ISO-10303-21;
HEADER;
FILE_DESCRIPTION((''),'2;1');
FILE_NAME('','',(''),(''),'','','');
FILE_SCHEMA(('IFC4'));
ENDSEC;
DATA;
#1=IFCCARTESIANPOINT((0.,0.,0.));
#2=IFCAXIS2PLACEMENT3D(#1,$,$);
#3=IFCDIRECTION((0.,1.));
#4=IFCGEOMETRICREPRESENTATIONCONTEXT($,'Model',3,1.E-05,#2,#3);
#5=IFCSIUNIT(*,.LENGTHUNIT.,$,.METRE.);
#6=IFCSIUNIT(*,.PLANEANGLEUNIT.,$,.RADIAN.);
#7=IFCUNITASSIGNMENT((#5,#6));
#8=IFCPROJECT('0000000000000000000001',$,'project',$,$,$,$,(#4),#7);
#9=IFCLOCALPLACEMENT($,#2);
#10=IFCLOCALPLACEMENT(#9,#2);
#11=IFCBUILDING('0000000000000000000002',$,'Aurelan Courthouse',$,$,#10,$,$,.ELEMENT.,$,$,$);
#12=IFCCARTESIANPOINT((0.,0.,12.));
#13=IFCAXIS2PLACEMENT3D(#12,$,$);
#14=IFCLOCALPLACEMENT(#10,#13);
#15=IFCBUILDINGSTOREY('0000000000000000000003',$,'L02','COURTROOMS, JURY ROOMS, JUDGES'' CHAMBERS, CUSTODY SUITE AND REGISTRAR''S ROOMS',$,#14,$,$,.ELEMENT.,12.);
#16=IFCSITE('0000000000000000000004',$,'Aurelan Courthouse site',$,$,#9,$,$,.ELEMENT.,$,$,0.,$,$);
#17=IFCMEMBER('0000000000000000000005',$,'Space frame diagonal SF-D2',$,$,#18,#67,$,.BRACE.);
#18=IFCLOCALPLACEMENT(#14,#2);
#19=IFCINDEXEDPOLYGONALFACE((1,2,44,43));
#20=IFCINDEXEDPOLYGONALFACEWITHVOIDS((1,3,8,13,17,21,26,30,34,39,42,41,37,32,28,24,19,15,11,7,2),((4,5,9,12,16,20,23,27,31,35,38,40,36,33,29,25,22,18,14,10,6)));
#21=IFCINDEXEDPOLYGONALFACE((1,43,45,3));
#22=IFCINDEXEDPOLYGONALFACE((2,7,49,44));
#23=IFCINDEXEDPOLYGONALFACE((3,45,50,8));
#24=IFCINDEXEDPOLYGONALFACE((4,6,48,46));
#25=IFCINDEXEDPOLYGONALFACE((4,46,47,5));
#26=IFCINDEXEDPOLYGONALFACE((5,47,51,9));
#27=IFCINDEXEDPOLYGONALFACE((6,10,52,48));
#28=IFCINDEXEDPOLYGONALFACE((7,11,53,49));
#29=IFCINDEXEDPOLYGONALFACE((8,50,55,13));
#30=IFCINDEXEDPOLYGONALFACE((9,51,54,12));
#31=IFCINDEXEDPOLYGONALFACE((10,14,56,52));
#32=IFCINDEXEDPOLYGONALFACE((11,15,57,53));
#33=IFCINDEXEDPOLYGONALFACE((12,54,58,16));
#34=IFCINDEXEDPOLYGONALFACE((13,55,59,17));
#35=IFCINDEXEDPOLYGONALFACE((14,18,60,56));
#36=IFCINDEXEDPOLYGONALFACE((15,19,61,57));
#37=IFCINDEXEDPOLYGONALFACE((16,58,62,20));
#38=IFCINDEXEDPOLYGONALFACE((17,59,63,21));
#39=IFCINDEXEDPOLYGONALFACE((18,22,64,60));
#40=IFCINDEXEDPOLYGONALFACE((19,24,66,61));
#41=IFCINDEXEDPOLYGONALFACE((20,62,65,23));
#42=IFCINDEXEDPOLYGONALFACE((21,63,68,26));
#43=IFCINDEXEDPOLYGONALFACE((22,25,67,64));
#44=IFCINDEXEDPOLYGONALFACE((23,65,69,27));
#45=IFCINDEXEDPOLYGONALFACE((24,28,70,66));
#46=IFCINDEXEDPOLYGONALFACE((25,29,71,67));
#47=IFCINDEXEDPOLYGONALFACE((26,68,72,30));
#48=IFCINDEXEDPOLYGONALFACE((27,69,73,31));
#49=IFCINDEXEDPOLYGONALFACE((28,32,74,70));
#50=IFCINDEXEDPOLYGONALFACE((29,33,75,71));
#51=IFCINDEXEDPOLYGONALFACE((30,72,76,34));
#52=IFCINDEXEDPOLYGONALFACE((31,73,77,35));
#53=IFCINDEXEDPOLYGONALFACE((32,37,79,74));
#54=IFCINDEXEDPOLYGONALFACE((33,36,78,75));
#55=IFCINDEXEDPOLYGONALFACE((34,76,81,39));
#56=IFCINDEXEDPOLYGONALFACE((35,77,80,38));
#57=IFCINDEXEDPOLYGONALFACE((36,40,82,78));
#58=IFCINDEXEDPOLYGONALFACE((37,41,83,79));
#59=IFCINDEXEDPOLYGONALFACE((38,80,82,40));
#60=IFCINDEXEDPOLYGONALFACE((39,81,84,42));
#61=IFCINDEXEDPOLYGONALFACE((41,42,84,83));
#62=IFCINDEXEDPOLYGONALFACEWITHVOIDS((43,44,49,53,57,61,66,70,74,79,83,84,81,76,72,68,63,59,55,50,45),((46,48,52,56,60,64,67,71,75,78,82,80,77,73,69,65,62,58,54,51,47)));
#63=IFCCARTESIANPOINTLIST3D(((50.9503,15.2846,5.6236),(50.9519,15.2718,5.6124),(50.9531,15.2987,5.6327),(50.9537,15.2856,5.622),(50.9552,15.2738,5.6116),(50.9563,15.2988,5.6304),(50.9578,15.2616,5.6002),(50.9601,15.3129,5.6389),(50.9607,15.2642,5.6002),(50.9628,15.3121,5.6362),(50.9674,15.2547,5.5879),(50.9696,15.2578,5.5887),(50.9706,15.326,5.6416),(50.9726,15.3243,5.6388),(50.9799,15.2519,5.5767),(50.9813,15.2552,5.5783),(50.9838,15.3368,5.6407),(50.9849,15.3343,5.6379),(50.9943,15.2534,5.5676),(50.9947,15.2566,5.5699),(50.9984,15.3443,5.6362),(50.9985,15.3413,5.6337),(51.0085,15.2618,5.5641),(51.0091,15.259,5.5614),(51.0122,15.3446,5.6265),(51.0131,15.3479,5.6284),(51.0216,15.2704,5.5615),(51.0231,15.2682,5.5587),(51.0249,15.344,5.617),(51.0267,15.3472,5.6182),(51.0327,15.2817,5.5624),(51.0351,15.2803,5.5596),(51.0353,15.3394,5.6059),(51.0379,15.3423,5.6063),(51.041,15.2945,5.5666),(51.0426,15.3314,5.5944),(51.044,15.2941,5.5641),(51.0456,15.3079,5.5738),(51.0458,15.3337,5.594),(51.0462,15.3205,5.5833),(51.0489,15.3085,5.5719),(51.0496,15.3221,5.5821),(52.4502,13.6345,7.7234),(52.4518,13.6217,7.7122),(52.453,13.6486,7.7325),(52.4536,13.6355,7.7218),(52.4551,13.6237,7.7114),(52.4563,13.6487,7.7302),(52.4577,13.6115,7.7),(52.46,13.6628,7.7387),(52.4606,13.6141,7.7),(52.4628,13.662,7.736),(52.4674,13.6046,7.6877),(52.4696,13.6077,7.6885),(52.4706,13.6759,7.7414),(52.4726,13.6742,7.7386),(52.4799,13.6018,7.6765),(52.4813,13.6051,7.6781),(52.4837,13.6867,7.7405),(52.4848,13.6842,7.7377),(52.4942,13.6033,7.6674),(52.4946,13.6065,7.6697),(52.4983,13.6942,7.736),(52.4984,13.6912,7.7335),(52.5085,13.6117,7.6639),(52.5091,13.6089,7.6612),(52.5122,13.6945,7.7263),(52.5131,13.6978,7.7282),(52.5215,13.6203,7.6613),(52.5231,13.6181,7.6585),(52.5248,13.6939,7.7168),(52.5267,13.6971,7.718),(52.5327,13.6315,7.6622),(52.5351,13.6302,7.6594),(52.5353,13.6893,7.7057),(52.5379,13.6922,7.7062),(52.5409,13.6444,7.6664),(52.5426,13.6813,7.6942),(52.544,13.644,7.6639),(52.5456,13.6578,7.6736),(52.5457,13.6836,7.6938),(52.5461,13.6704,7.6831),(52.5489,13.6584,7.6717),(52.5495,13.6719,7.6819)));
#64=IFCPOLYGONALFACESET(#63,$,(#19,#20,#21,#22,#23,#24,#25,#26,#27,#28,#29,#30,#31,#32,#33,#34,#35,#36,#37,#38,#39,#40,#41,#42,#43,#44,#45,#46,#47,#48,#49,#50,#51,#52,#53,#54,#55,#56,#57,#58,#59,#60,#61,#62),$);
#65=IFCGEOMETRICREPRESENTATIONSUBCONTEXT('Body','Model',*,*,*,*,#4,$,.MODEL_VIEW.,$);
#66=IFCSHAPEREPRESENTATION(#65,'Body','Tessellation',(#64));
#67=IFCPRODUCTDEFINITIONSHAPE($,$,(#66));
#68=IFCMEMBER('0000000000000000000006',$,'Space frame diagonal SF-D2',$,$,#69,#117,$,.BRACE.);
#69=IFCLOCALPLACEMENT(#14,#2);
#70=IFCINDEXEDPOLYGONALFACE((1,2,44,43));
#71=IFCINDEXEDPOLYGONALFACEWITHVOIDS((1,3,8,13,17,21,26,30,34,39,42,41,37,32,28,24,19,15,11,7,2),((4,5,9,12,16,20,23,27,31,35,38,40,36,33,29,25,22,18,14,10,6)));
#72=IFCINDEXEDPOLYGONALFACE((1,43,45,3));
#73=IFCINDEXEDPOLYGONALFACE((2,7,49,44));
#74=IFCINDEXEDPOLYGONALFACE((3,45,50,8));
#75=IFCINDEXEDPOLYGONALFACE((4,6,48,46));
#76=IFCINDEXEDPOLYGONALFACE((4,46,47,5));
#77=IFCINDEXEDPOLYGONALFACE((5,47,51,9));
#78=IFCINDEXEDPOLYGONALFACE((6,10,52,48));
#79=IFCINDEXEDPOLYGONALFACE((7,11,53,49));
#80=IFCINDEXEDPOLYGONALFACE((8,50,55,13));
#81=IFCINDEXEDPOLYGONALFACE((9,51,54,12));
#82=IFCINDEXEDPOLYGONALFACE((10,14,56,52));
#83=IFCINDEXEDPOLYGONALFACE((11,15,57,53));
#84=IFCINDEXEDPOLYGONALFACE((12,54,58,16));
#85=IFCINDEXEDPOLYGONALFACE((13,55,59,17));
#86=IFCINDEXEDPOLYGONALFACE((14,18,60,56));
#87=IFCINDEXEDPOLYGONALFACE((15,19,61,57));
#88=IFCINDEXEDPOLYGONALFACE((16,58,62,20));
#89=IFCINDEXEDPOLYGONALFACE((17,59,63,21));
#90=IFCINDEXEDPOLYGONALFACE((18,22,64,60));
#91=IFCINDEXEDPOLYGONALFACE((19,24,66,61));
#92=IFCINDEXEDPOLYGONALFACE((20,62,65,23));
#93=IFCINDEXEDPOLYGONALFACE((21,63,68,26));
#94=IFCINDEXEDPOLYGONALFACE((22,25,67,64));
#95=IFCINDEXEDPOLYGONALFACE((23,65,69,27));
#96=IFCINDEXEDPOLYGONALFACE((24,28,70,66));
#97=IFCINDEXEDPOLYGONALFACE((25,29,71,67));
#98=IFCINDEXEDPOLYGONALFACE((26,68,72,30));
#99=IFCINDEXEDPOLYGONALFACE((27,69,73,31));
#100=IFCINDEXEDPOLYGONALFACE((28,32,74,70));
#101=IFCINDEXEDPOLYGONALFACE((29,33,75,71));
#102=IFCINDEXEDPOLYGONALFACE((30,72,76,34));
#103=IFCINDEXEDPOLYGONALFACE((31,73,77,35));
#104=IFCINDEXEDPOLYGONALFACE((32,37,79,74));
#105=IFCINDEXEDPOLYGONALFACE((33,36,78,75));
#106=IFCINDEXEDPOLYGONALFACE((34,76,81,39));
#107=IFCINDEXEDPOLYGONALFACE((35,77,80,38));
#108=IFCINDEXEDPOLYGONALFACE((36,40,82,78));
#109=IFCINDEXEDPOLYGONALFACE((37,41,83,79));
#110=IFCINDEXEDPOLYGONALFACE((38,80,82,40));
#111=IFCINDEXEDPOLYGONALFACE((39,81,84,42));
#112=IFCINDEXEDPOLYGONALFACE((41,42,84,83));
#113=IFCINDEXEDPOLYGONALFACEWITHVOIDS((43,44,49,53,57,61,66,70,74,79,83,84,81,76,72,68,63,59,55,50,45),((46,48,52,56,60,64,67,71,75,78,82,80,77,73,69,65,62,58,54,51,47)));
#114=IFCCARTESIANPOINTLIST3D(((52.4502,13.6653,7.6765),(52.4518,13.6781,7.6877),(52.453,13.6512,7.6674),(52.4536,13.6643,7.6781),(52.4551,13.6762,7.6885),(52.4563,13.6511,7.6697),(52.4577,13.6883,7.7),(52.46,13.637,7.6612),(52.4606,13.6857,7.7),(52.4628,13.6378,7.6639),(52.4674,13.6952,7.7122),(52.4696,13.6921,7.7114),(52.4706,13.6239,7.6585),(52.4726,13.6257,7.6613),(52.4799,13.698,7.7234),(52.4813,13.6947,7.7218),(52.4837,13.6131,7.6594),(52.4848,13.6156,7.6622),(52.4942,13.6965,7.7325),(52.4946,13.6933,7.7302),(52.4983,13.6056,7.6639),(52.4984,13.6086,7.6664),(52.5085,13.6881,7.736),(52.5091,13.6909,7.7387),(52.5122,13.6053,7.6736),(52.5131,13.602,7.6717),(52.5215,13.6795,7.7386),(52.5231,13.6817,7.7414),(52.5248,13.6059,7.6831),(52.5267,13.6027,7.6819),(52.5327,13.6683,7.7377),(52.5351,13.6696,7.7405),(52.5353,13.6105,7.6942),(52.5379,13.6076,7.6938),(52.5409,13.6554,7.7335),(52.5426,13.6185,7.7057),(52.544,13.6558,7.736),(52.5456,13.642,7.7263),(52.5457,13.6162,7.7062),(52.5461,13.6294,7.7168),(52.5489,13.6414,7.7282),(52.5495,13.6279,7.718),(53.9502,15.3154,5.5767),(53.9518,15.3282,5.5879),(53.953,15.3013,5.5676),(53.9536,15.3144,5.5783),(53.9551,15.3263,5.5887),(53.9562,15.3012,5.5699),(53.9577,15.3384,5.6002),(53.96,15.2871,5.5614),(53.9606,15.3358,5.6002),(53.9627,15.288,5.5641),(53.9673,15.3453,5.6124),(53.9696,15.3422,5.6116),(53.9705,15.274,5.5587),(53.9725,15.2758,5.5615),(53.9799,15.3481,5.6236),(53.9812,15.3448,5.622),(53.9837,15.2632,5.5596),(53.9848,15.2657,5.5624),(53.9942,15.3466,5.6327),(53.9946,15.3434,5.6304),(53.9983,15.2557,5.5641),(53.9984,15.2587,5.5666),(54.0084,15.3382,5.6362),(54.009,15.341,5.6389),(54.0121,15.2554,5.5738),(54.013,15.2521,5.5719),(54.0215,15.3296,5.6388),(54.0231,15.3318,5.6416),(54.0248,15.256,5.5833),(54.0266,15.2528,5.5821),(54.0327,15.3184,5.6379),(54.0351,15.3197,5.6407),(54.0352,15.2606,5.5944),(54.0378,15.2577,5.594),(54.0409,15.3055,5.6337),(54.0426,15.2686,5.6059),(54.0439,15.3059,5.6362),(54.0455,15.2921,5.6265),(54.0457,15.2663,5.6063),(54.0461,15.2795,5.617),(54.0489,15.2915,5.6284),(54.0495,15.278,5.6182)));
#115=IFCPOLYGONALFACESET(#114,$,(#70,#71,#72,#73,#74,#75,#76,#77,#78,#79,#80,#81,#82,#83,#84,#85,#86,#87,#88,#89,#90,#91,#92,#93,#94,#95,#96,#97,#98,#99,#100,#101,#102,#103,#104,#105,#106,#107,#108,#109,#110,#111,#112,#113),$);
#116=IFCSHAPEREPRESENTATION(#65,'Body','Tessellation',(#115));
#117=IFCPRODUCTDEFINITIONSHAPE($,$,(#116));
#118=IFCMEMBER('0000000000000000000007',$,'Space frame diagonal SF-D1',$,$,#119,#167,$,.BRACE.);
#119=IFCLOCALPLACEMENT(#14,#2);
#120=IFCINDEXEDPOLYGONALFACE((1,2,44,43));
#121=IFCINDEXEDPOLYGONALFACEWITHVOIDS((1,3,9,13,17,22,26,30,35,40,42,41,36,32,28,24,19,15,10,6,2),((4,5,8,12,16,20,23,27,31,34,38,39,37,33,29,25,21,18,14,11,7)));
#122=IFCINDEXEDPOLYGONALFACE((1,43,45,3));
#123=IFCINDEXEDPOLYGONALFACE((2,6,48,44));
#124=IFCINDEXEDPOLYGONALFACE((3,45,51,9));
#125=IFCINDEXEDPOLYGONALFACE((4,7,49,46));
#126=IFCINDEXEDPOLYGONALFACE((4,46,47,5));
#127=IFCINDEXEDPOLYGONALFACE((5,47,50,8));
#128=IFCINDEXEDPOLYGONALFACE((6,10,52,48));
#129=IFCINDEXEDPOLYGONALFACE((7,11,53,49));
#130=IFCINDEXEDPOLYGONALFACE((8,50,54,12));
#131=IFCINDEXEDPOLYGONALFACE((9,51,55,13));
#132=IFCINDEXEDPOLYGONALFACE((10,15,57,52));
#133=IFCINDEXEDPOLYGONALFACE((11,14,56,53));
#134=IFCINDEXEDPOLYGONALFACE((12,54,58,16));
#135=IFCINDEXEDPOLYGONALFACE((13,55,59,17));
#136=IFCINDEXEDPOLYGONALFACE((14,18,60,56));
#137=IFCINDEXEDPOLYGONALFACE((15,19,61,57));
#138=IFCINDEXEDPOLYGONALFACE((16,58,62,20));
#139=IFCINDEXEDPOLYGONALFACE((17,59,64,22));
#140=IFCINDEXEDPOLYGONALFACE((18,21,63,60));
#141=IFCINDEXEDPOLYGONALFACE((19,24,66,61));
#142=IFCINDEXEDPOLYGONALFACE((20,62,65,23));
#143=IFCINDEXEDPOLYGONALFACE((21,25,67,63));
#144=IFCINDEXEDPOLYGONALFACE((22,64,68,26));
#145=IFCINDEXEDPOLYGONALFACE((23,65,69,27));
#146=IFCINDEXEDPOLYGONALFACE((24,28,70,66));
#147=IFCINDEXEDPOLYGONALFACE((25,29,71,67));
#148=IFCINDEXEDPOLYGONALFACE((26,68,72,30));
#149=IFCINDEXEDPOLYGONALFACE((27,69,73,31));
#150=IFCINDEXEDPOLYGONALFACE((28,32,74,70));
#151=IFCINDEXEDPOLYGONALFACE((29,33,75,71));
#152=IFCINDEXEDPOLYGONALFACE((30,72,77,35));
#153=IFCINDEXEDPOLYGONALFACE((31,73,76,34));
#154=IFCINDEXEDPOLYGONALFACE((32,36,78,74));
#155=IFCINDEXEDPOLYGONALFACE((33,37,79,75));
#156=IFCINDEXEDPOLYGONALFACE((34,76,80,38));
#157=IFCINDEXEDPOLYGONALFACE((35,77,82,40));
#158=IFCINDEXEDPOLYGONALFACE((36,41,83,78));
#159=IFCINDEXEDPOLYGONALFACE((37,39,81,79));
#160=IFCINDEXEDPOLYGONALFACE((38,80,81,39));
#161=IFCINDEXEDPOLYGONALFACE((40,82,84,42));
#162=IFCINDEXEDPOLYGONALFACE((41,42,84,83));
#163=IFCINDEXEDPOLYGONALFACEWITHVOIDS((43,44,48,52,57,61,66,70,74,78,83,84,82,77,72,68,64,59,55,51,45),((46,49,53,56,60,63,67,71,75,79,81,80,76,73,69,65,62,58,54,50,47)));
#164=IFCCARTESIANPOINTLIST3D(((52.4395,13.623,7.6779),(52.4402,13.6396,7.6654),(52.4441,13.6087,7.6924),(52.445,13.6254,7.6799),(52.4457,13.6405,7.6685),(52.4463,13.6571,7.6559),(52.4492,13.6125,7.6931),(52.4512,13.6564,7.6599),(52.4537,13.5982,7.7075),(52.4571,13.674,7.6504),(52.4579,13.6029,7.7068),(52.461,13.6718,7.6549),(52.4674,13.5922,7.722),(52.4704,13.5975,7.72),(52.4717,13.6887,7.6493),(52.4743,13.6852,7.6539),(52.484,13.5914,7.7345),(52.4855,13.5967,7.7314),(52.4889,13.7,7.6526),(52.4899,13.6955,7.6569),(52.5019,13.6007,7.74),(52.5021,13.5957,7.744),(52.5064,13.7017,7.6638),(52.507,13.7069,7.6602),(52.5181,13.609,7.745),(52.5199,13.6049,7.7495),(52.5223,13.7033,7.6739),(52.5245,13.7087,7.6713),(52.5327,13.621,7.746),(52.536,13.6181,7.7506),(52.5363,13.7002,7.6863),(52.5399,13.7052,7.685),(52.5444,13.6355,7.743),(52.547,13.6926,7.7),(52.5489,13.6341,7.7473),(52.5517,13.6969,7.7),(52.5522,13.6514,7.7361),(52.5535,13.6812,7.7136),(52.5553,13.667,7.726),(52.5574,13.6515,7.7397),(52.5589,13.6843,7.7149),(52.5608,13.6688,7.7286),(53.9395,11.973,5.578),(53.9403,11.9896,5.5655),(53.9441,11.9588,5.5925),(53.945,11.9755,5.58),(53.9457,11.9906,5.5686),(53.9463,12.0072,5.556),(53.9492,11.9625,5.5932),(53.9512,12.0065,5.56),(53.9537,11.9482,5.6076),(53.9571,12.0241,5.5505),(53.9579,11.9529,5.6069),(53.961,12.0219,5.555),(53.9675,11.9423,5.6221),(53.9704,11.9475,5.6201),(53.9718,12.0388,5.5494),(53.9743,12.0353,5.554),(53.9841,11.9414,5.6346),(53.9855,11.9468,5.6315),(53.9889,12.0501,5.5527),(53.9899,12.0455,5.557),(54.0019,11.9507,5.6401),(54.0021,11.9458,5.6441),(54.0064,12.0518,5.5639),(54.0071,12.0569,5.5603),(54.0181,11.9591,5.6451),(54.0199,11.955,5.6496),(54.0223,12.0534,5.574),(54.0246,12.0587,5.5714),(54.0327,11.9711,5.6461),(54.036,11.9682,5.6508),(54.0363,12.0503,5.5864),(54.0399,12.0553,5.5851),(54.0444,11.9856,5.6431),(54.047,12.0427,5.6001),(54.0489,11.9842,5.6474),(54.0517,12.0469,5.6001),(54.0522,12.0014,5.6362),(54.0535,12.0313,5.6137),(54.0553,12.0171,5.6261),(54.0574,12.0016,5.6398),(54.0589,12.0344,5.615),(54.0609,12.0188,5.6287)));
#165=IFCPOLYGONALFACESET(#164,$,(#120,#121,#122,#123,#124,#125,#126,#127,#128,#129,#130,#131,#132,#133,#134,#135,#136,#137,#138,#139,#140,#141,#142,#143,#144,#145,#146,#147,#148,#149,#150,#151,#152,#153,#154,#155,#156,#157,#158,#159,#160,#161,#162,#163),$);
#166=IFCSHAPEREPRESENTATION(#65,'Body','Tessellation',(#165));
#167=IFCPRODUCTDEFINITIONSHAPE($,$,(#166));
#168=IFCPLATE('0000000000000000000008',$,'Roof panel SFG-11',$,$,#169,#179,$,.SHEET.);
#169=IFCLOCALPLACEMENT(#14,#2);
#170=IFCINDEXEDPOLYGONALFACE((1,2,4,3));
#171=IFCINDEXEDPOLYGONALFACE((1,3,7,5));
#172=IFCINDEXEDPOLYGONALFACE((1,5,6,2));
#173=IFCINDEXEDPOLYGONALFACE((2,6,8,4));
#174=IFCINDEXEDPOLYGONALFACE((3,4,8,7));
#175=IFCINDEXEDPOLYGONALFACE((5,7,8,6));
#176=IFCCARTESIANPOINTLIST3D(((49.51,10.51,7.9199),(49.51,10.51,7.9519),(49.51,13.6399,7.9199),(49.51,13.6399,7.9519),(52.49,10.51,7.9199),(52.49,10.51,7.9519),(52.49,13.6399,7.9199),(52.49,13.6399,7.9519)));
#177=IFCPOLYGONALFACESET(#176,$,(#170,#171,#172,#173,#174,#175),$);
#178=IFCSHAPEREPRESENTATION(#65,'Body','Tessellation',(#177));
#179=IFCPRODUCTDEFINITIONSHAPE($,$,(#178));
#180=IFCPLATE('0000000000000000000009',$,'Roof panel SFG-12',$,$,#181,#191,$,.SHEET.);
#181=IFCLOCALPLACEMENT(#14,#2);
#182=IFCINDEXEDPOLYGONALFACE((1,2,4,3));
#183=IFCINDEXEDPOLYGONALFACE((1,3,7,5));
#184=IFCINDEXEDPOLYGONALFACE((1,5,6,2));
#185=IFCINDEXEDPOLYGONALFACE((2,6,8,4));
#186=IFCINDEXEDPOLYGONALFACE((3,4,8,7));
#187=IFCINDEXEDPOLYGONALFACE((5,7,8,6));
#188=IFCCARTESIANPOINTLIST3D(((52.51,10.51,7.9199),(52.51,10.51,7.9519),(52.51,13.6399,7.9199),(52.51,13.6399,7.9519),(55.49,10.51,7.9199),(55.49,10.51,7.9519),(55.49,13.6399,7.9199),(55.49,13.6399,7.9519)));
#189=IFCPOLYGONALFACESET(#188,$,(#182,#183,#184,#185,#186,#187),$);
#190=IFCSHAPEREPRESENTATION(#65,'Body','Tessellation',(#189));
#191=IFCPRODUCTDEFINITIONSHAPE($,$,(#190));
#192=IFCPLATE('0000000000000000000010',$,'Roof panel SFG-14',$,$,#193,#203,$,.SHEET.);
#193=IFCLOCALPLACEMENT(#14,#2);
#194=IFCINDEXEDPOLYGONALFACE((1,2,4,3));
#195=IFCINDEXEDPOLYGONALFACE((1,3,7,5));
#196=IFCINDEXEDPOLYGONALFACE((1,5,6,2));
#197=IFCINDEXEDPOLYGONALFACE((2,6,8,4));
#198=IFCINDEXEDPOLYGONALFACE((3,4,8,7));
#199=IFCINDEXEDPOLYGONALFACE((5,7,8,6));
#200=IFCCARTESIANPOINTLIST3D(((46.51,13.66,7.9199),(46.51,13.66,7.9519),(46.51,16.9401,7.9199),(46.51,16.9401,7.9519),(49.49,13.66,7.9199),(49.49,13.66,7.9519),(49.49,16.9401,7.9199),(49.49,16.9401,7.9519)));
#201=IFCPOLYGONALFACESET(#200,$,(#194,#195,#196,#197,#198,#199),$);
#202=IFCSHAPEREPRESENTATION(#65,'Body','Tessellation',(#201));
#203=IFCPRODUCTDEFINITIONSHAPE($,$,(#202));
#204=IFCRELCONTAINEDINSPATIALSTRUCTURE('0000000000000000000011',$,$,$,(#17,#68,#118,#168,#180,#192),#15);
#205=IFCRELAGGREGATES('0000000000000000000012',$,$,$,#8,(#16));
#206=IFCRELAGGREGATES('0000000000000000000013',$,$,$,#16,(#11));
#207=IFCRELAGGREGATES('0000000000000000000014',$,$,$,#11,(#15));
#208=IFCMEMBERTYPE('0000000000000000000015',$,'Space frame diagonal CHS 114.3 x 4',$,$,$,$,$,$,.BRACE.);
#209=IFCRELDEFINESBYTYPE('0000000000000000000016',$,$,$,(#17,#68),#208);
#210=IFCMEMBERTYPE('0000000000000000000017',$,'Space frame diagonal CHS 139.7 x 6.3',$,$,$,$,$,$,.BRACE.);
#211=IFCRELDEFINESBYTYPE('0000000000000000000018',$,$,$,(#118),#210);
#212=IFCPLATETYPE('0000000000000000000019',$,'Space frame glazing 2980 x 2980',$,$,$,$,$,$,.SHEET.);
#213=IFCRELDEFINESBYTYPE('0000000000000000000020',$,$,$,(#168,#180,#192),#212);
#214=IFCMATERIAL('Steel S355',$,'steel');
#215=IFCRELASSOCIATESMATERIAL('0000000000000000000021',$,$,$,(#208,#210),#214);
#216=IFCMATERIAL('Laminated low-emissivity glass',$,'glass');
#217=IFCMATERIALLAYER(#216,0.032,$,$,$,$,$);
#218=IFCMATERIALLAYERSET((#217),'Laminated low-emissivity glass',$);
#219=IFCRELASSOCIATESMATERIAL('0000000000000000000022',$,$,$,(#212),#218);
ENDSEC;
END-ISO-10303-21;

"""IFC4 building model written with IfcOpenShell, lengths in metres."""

from ifc_helpers import new_model, si_unit, direction, frame, origin, origin_2d, place, context, subcontext, project, spatial, rectangle, hollow_circle, extrude, material, layer, layer_set, material_profile, profile_set, type_object, element, save


model = new_model("IFC4")

# Units and contexts
model_context = context("Model", 3, precision=1e-05, world=origin(), true_north=direction((0.0, 1.0)))
body_context = subcontext(model_context, "Body", "Model", "MODEL_VIEW")
ifc_project = project(units=[si_unit("LENGTHUNIT", "METRE"), si_unit("PLANEANGLEUNIT", "RADIAN")], contexts=[model_context])

# Site, building, storey
site_placement = place(None, origin())
site = spatial("IfcSite", under=ifc_project, at=site_placement, Name="Aurelan Courthouse site", CompositionType="ELEMENT", RefElevation=0.0)
building_placement = place(site_placement, origin())
building = spatial("IfcBuilding", under=site, at=building_placement, Name="Aurelan Courthouse", CompositionType="ELEMENT")
storey_placement = place(building_placement, frame((0.0, 0.0, 12.0)))
storey = spatial("IfcBuildingStorey", under=building, at=storey_placement, Name="L02", Description="COURTROOMS, JURY ROOMS, JUDGES' CHAMBERS, CUSTODY SUITE AND REGISTRAR'S ROOMS", CompositionType="ELEMENT", Elevation=12.0)

# Members
ifc_material_1 = material(Name="Steel S355", Category="steel")
ifc_material_profile_1 = material_profile(ifc_material_1, hollow_circle(Radius=0.0571, WallThickness=0.0039, at=origin_2d()), Name="CHS 114.3 x 4")
ifc_profile_set_1 = profile_set([ifc_material_profile_1], Name="Steel S355")
member_type_1 = type_object("IfcMemberType", Name="Space frame diagonal CHS 114.3 x 4", PredefinedType="BRACE", material=ifc_profile_set_1)
for number, where, z_axis, x_axis, name in (
    (1, (52.5, 13.6499, 7.7), (-0.489706, 0.538724, -0.68554), (-0.73997, -0.67264, 0.0), "Space frame diagonal SF-D2"),
    (2, (52.5, 13.6499, 7.7), (0.489706, 0.538724, -0.68554), (-0.73997, 0.67264, 0.0), "Space frame diagonal SF-D2"),
):
    element("IfcMember", number, at=place(storey_placement, frame(where, z_axis=z_axis, x_axis=x_axis)), inside=storey, type_object=member_type_1, Name=name, PredefinedType="BRACE", context=body_context, shape_type="SweptSolid", body=[
        extrude(hollow_circle(Radius=0.0571, WallThickness=0.0039, at=origin_2d()), origin(), (0.0, 0.0, 1.0), 3.063),
    ])
ifc_material_profile_2 = material_profile(ifc_material_1, hollow_circle(Radius=0.0698, WallThickness=0.0063, at=origin_2d()), Name="CHS 139.7 x 6.3")
ifc_profile_set_2 = profile_set([ifc_material_profile_2], Name="Steel S355")
member_type_2 = type_object("IfcMemberType", Name="Space frame diagonal CHS 139.7 x 6.3", PredefinedType="BRACE", material=ifc_profile_set_2)
member_placement = place(storey_placement, frame((52.5, 13.6499, 7.7), z_axis=(0.489727, -0.538667, -0.685569), x_axis=(0.73992, 0.672695, 0.0)))
element("IfcMember", 3, at=member_placement, inside=storey, type_object=member_type_2, Name="Space frame diagonal SF-D1", PredefinedType="BRACE", context=body_context, shape_type="SweptSolid", body=[
    extrude(hollow_circle(Radius=0.0698, WallThickness=0.0063, at=origin_2d()), origin(), (0.0, 0.0, 1.0), 3.063),
])

# Plates
ifc_material_2 = material(Name="Laminated low-emissivity glass", Category="glass")
ifc_layer_1 = layer(ifc_material_2, 0.032)
ifc_layer_set_1 = layer_set([ifc_layer_1], Name="Laminated low-emissivity glass")
plate_type_1 = type_object("IfcPlateType", Name="Space frame glazing 2980 x 2980", PredefinedType="SHEET", material=ifc_layer_set_1)
for number, where, z_axis, x_axis, name in (
    (4, (51.0, 12.075, 7.9199), (0.0, 0.0, 1.0), (1.0, 0.0, 0.0), "Roof panel SFG-11"),
    (5, (54.0, 12.075, 7.9199), (0.0, 0.0, 1.0), (1.0, 0.0, 0.0), "Roof panel SFG-12"),
):
    element("IfcPlate", number, at=place(storey_placement, frame(where, z_axis=z_axis, x_axis=x_axis)), inside=storey, type_object=plate_type_1, Name=name, PredefinedType="SHEET", context=body_context, shape_type="SweptSolid", body=[
        extrude(rectangle(XDim=2.98, YDim=3.1299, at=origin_2d()), origin(), (0.0, 0.0, 1.0), 0.032),
    ])
for number, where, z_axis, x_axis, name in (
    (6, (48.0, 15.3, 7.9199), (0.0, 0.0, 1.0), (1.0, 0.0, 0.0), "Roof panel SFG-14"),
):
    element("IfcPlate", number, at=place(storey_placement, frame(where, z_axis=z_axis, x_axis=x_axis)), inside=storey, type_object=plate_type_1, Name=name, PredefinedType="SHEET", context=body_context, shape_type="SweptSolid", body=[
        extrude(rectangle(XDim=2.98, YDim=3.28, at=origin_2d()), origin(), (0.0, 0.0, 1.0), 0.032),
    ])

save(model, "model.ifc")
